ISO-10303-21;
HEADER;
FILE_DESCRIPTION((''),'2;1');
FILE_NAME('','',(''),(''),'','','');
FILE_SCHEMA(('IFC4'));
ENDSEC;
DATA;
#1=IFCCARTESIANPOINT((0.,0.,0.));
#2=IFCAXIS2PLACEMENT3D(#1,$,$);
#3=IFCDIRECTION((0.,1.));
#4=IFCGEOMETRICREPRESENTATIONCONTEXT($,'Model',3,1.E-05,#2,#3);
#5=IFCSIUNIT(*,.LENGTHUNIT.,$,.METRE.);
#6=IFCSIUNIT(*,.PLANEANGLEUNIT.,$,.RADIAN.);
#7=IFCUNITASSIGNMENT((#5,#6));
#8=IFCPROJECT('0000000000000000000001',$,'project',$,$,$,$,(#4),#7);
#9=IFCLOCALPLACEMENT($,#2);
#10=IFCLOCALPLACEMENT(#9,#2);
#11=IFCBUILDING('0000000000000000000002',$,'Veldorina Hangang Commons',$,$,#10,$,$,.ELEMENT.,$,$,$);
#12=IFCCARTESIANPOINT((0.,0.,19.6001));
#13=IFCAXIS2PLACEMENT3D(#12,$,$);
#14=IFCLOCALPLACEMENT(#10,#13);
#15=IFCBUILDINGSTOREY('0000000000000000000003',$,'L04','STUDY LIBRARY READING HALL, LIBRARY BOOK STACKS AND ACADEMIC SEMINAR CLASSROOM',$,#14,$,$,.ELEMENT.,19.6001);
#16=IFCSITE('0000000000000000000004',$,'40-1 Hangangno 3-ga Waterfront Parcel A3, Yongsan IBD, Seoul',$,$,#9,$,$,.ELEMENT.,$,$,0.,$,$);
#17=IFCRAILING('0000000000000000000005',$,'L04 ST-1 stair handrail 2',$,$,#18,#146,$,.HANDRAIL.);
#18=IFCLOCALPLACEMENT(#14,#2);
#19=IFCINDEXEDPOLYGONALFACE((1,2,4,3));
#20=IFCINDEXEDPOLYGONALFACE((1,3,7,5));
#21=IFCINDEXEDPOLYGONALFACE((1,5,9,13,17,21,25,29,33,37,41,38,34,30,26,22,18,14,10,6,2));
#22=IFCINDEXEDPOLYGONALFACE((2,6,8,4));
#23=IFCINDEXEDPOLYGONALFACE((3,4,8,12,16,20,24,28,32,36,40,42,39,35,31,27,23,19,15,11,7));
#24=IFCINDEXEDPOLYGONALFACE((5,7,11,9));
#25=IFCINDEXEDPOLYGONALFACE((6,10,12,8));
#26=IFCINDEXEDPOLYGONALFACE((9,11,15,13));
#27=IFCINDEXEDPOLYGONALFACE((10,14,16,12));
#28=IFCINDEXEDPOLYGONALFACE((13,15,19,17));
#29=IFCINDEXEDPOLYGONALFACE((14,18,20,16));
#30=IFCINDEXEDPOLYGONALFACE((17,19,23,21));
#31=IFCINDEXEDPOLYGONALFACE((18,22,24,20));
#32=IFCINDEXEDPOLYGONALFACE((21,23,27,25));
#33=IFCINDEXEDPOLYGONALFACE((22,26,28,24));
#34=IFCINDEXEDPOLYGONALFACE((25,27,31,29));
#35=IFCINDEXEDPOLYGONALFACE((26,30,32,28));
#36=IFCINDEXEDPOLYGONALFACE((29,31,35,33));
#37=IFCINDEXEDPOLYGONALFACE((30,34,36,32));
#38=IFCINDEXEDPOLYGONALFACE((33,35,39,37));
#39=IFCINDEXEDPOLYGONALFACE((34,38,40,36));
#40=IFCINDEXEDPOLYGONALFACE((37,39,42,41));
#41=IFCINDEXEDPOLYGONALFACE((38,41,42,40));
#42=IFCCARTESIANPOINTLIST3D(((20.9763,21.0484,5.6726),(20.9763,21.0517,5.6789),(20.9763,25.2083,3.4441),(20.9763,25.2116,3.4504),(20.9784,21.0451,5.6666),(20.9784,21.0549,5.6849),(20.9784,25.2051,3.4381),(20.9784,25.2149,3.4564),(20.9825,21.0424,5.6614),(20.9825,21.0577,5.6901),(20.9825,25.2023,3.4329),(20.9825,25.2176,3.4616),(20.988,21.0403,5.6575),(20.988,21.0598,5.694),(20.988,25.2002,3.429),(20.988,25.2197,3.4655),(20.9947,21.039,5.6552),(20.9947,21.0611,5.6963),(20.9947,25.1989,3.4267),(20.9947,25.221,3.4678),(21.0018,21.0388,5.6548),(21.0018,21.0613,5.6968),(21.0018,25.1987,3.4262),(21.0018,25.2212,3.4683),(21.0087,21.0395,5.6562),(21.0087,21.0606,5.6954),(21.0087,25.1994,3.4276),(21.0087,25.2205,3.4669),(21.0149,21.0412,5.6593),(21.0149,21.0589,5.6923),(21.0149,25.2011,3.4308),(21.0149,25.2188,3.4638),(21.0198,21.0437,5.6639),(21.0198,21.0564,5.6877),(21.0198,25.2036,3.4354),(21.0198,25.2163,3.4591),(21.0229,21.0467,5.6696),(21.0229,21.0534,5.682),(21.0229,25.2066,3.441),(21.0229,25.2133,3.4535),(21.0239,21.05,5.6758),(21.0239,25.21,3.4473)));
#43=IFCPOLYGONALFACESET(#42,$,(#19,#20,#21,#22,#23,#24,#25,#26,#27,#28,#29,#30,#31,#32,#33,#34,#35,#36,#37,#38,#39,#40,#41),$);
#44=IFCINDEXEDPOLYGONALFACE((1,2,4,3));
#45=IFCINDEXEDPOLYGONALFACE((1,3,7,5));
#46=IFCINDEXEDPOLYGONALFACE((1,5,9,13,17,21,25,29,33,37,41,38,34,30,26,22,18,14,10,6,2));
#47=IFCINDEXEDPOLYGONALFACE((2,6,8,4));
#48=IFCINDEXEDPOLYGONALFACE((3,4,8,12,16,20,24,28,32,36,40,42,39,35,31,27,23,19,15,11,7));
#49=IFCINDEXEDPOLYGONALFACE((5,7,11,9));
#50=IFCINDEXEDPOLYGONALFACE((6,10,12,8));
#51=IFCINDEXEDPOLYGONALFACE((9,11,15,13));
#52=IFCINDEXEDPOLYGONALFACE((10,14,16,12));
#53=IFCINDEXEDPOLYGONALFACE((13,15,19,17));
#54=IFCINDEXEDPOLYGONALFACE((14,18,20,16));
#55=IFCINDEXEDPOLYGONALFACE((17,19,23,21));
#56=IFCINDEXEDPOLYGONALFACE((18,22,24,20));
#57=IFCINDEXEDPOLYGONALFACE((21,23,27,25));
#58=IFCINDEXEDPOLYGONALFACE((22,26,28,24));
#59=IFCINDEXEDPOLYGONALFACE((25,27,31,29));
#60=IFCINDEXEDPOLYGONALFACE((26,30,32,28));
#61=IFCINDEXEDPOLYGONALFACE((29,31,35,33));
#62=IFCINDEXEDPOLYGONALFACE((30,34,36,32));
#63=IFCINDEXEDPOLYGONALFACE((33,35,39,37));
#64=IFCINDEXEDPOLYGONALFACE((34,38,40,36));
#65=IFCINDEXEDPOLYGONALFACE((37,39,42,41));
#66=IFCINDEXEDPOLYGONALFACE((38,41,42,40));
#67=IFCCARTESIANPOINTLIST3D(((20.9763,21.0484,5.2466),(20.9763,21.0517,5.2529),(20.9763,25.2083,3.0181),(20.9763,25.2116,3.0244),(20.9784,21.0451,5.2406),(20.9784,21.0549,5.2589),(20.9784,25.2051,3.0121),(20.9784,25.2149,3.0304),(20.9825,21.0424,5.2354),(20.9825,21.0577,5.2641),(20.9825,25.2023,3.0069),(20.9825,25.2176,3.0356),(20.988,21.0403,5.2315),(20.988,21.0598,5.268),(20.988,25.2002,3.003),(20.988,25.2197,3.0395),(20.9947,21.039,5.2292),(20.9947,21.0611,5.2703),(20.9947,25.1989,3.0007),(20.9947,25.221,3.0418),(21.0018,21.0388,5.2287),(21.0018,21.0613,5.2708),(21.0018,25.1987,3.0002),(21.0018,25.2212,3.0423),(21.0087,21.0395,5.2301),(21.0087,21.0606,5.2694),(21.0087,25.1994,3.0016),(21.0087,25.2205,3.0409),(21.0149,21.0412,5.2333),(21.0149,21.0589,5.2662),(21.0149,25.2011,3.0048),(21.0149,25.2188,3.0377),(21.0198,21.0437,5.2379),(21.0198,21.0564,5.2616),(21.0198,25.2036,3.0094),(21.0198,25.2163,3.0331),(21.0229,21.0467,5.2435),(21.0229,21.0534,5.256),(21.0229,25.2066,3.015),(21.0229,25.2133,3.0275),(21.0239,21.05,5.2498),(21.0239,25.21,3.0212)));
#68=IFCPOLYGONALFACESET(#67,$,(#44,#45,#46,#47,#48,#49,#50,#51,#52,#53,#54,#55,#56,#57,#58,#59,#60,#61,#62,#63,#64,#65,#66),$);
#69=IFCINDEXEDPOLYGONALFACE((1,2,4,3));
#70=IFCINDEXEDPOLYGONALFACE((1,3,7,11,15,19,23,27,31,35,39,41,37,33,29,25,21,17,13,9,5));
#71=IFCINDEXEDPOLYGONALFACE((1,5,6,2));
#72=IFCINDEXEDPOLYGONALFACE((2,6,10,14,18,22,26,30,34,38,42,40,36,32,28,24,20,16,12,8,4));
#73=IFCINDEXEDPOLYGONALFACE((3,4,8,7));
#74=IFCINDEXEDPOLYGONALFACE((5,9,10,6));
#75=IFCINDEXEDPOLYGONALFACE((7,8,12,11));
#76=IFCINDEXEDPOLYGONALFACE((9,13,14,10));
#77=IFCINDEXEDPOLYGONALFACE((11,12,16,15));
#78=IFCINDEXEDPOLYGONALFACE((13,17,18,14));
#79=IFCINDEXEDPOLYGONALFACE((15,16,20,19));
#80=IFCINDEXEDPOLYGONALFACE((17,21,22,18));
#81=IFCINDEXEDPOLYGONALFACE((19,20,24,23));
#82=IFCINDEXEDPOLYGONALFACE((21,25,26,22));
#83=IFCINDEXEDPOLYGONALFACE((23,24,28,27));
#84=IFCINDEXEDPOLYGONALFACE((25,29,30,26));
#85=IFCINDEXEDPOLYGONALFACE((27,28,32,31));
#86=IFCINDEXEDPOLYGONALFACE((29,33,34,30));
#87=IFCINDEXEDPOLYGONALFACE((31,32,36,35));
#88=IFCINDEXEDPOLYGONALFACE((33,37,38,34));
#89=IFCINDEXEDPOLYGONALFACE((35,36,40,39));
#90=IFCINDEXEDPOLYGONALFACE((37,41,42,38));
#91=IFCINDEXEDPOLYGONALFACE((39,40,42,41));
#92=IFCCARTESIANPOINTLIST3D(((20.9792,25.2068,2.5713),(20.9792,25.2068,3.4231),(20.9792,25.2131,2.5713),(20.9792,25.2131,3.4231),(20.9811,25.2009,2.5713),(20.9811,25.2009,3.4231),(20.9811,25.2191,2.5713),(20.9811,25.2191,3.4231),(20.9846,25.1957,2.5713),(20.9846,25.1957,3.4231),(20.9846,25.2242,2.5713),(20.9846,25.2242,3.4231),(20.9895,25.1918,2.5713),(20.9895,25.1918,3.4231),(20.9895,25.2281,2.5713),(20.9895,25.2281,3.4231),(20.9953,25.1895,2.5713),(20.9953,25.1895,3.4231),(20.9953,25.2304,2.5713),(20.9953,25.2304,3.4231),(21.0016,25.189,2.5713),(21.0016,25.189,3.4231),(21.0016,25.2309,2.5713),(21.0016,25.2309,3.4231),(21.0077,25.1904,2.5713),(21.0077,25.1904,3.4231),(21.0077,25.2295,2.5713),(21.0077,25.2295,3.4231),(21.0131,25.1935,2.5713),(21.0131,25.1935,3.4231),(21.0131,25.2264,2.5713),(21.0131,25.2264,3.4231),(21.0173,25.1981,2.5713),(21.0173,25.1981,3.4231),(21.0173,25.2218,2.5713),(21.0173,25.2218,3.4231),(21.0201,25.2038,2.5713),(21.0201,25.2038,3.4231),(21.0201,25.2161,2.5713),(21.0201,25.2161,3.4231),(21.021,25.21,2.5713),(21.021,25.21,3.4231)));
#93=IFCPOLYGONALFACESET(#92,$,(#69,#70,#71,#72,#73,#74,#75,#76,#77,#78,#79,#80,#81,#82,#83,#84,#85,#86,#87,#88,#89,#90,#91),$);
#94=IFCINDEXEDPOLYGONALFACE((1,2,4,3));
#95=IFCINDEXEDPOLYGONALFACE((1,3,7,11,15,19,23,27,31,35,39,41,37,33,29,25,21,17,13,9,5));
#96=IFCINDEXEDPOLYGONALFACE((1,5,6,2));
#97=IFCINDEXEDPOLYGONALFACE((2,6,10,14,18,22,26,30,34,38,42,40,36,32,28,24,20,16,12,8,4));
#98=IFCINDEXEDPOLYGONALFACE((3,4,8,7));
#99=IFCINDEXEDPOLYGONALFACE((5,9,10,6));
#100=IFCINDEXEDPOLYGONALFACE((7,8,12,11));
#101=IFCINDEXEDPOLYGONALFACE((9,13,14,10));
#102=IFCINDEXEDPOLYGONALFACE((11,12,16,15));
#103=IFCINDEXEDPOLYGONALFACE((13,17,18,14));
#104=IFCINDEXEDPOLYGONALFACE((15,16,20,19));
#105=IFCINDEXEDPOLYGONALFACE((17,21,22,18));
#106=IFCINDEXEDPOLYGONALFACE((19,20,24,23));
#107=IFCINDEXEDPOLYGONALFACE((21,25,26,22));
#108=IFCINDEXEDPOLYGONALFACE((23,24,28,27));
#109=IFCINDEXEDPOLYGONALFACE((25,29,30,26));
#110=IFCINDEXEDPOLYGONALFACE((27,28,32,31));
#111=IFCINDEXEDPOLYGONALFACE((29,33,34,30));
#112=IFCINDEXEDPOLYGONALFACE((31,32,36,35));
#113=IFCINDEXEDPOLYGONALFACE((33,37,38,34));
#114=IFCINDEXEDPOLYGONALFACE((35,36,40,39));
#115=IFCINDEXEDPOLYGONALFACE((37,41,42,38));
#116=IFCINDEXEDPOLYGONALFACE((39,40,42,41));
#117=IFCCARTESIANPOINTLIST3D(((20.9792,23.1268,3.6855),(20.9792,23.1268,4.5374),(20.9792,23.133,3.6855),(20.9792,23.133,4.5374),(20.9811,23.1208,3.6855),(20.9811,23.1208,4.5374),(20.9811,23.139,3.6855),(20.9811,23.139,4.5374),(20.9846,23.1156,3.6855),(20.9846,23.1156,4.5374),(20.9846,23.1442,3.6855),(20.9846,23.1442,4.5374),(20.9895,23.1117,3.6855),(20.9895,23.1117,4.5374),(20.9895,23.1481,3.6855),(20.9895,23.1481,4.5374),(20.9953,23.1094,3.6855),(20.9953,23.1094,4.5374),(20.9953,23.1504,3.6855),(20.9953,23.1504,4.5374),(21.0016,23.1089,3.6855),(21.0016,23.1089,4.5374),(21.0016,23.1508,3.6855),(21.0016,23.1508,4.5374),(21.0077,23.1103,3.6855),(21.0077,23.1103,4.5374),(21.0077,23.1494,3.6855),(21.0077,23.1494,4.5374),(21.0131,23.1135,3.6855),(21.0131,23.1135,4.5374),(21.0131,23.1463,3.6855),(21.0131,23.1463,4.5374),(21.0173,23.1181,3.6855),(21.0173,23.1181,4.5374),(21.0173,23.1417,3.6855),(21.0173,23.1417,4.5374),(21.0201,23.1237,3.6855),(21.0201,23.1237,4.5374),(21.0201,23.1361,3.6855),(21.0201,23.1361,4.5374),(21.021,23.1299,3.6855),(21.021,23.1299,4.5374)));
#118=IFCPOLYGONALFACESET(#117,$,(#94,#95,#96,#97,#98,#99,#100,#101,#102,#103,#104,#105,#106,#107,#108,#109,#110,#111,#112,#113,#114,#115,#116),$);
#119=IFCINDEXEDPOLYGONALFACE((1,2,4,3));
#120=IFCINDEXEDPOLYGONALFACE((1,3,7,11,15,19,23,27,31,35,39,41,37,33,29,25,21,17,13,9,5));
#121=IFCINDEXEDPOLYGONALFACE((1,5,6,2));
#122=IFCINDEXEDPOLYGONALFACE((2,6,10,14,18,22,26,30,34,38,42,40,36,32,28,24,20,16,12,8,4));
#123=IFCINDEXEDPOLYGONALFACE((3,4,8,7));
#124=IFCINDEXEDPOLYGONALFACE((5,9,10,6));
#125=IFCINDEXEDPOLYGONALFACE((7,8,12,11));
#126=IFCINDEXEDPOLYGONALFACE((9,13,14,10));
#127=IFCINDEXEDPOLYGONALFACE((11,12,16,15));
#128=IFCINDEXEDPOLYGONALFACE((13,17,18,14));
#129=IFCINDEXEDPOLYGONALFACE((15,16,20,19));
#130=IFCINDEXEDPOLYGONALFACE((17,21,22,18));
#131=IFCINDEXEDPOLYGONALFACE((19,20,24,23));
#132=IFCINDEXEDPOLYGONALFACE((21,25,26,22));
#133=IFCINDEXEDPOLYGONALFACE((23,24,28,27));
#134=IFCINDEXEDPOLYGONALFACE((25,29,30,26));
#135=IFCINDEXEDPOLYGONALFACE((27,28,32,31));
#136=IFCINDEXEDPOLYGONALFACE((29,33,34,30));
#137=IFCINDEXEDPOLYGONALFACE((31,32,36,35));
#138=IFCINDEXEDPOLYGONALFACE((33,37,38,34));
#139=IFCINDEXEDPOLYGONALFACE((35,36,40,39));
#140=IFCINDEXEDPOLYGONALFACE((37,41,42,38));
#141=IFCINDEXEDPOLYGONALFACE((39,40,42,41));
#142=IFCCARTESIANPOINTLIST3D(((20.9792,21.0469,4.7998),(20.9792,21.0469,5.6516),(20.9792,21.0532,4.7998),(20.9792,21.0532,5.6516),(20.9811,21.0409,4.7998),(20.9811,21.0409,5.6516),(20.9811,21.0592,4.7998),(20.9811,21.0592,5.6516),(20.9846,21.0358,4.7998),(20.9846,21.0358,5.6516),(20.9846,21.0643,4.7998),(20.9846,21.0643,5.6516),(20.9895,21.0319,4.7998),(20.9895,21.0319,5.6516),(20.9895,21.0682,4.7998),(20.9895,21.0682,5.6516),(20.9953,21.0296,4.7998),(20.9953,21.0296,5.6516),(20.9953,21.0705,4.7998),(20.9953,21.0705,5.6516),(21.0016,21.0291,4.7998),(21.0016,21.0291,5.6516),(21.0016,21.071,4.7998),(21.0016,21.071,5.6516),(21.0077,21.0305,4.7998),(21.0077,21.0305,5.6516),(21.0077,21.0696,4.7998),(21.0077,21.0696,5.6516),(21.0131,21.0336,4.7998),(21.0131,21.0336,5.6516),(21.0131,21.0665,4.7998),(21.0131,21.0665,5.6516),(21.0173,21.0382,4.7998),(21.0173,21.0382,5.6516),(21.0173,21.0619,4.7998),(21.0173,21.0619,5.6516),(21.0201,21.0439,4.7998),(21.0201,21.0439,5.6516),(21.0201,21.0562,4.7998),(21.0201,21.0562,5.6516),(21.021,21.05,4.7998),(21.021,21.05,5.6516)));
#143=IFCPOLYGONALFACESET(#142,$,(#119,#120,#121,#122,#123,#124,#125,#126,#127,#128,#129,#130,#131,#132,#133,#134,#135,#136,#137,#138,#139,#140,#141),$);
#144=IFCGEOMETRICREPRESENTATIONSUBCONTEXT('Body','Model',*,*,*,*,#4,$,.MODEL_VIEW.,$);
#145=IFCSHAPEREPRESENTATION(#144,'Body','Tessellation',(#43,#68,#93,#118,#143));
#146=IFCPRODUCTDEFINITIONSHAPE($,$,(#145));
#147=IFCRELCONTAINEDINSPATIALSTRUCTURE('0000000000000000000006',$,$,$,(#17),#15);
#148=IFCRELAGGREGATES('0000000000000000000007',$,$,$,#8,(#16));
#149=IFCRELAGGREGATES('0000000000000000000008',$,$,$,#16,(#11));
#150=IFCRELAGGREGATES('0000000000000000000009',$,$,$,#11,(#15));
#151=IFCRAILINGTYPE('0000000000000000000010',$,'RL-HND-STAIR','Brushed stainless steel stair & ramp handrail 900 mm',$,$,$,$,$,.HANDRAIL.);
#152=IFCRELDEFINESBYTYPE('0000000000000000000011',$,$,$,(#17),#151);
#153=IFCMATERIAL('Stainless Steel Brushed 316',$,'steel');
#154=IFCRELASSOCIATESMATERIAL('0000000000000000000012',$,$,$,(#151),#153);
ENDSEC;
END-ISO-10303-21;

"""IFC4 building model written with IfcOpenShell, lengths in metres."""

from ifc_helpers import new_model, si_unit, direction, frame, origin, origin_2d, place, context, subcontext, project, spatial, circle, extrude, material, type_object, element, save


model = new_model("IFC4")

# Units and contexts
model_context = context("Model", 3, precision=1e-05, world=origin(), true_north=direction((0.0, 1.0)))
body_context = subcontext(model_context, "Body", "Model", "MODEL_VIEW")
ifc_project = project(units=[si_unit("LENGTHUNIT", "METRE"), si_unit("PLANEANGLEUNIT", "RADIAN")], contexts=[model_context])

# Site, building, storey
site_placement = place(None, origin())
site = spatial("IfcSite", under=ifc_project, at=site_placement, Name="40-1 Hangangno 3-ga Waterfront Parcel A3, Yongsan IBD, Seoul", CompositionType="ELEMENT", RefElevation=0.0)
building_placement = place(site_placement, origin())
building = spatial("IfcBuilding", under=site, at=building_placement, Name="Veldorina Hangang Commons", CompositionType="ELEMENT")
storey_placement = place(building_placement, frame((0.0, 0.0, 19.6001)))
storey = spatial("IfcBuildingStorey", under=building, at=storey_placement, Name="L04", Description="STUDY LIBRARY READING HALL, LIBRARY BOOK STACKS AND ACADEMIC SEMINAR CLASSROOM", CompositionType="ELEMENT", Elevation=19.6001)

# Railing
ifc_material_1 = material(Name="Stainless Steel Brushed 316", Category="steel")
railing_type_1 = type_object("IfcRailingType", Name="RL-HND-STAIR", Description="Brushed stainless steel stair & ramp handrail 900 mm", PredefinedType="HANDRAIL", material=ifc_material_1)
railing_1_placement = place(storey_placement, frame((21.0, 25.21, 2.5713)))
element("IfcRailing", 1, at=railing_1_placement, inside=storey, type_object=railing_type_1, Name="L04 ST-1 stair handrail 2", PredefinedType="HANDRAIL", context=body_context, shape_type="SweptSolid", body=[
    extrude(circle(Radius=0.0239, at=origin_2d()), frame((0.0, 0.0, 0.876), z_axis=(0.0, -0.881481, 0.47222), x_axis=(1.0, 0.0, 0.0)), (0.0, 0.0, 1.0), 4.7192),
    extrude(circle(Radius=0.0239, at=origin_2d()), frame((0.0, 0.0, 0.45), z_axis=(0.0, -0.881481, 0.47222), x_axis=(1.0, 0.0, 0.0)), (0.0, 0.0, 1.0), 4.7192),
    extrude(circle(Radius=0.021, at=origin_2d()), origin(), (0.0, 0.0, 1.0), 0.8518),
    extrude(circle(Radius=0.021, at=origin_2d()), frame((0.0, -2.0801, 1.1143)), (0.0, 0.0, 1.0), 0.8518),
    extrude(circle(Radius=0.021, at=origin_2d()), frame((0.0, -4.1599, 2.2285)), (0.0, 0.0, 1.0), 0.8518),
])

save(model, "model.ifc")
